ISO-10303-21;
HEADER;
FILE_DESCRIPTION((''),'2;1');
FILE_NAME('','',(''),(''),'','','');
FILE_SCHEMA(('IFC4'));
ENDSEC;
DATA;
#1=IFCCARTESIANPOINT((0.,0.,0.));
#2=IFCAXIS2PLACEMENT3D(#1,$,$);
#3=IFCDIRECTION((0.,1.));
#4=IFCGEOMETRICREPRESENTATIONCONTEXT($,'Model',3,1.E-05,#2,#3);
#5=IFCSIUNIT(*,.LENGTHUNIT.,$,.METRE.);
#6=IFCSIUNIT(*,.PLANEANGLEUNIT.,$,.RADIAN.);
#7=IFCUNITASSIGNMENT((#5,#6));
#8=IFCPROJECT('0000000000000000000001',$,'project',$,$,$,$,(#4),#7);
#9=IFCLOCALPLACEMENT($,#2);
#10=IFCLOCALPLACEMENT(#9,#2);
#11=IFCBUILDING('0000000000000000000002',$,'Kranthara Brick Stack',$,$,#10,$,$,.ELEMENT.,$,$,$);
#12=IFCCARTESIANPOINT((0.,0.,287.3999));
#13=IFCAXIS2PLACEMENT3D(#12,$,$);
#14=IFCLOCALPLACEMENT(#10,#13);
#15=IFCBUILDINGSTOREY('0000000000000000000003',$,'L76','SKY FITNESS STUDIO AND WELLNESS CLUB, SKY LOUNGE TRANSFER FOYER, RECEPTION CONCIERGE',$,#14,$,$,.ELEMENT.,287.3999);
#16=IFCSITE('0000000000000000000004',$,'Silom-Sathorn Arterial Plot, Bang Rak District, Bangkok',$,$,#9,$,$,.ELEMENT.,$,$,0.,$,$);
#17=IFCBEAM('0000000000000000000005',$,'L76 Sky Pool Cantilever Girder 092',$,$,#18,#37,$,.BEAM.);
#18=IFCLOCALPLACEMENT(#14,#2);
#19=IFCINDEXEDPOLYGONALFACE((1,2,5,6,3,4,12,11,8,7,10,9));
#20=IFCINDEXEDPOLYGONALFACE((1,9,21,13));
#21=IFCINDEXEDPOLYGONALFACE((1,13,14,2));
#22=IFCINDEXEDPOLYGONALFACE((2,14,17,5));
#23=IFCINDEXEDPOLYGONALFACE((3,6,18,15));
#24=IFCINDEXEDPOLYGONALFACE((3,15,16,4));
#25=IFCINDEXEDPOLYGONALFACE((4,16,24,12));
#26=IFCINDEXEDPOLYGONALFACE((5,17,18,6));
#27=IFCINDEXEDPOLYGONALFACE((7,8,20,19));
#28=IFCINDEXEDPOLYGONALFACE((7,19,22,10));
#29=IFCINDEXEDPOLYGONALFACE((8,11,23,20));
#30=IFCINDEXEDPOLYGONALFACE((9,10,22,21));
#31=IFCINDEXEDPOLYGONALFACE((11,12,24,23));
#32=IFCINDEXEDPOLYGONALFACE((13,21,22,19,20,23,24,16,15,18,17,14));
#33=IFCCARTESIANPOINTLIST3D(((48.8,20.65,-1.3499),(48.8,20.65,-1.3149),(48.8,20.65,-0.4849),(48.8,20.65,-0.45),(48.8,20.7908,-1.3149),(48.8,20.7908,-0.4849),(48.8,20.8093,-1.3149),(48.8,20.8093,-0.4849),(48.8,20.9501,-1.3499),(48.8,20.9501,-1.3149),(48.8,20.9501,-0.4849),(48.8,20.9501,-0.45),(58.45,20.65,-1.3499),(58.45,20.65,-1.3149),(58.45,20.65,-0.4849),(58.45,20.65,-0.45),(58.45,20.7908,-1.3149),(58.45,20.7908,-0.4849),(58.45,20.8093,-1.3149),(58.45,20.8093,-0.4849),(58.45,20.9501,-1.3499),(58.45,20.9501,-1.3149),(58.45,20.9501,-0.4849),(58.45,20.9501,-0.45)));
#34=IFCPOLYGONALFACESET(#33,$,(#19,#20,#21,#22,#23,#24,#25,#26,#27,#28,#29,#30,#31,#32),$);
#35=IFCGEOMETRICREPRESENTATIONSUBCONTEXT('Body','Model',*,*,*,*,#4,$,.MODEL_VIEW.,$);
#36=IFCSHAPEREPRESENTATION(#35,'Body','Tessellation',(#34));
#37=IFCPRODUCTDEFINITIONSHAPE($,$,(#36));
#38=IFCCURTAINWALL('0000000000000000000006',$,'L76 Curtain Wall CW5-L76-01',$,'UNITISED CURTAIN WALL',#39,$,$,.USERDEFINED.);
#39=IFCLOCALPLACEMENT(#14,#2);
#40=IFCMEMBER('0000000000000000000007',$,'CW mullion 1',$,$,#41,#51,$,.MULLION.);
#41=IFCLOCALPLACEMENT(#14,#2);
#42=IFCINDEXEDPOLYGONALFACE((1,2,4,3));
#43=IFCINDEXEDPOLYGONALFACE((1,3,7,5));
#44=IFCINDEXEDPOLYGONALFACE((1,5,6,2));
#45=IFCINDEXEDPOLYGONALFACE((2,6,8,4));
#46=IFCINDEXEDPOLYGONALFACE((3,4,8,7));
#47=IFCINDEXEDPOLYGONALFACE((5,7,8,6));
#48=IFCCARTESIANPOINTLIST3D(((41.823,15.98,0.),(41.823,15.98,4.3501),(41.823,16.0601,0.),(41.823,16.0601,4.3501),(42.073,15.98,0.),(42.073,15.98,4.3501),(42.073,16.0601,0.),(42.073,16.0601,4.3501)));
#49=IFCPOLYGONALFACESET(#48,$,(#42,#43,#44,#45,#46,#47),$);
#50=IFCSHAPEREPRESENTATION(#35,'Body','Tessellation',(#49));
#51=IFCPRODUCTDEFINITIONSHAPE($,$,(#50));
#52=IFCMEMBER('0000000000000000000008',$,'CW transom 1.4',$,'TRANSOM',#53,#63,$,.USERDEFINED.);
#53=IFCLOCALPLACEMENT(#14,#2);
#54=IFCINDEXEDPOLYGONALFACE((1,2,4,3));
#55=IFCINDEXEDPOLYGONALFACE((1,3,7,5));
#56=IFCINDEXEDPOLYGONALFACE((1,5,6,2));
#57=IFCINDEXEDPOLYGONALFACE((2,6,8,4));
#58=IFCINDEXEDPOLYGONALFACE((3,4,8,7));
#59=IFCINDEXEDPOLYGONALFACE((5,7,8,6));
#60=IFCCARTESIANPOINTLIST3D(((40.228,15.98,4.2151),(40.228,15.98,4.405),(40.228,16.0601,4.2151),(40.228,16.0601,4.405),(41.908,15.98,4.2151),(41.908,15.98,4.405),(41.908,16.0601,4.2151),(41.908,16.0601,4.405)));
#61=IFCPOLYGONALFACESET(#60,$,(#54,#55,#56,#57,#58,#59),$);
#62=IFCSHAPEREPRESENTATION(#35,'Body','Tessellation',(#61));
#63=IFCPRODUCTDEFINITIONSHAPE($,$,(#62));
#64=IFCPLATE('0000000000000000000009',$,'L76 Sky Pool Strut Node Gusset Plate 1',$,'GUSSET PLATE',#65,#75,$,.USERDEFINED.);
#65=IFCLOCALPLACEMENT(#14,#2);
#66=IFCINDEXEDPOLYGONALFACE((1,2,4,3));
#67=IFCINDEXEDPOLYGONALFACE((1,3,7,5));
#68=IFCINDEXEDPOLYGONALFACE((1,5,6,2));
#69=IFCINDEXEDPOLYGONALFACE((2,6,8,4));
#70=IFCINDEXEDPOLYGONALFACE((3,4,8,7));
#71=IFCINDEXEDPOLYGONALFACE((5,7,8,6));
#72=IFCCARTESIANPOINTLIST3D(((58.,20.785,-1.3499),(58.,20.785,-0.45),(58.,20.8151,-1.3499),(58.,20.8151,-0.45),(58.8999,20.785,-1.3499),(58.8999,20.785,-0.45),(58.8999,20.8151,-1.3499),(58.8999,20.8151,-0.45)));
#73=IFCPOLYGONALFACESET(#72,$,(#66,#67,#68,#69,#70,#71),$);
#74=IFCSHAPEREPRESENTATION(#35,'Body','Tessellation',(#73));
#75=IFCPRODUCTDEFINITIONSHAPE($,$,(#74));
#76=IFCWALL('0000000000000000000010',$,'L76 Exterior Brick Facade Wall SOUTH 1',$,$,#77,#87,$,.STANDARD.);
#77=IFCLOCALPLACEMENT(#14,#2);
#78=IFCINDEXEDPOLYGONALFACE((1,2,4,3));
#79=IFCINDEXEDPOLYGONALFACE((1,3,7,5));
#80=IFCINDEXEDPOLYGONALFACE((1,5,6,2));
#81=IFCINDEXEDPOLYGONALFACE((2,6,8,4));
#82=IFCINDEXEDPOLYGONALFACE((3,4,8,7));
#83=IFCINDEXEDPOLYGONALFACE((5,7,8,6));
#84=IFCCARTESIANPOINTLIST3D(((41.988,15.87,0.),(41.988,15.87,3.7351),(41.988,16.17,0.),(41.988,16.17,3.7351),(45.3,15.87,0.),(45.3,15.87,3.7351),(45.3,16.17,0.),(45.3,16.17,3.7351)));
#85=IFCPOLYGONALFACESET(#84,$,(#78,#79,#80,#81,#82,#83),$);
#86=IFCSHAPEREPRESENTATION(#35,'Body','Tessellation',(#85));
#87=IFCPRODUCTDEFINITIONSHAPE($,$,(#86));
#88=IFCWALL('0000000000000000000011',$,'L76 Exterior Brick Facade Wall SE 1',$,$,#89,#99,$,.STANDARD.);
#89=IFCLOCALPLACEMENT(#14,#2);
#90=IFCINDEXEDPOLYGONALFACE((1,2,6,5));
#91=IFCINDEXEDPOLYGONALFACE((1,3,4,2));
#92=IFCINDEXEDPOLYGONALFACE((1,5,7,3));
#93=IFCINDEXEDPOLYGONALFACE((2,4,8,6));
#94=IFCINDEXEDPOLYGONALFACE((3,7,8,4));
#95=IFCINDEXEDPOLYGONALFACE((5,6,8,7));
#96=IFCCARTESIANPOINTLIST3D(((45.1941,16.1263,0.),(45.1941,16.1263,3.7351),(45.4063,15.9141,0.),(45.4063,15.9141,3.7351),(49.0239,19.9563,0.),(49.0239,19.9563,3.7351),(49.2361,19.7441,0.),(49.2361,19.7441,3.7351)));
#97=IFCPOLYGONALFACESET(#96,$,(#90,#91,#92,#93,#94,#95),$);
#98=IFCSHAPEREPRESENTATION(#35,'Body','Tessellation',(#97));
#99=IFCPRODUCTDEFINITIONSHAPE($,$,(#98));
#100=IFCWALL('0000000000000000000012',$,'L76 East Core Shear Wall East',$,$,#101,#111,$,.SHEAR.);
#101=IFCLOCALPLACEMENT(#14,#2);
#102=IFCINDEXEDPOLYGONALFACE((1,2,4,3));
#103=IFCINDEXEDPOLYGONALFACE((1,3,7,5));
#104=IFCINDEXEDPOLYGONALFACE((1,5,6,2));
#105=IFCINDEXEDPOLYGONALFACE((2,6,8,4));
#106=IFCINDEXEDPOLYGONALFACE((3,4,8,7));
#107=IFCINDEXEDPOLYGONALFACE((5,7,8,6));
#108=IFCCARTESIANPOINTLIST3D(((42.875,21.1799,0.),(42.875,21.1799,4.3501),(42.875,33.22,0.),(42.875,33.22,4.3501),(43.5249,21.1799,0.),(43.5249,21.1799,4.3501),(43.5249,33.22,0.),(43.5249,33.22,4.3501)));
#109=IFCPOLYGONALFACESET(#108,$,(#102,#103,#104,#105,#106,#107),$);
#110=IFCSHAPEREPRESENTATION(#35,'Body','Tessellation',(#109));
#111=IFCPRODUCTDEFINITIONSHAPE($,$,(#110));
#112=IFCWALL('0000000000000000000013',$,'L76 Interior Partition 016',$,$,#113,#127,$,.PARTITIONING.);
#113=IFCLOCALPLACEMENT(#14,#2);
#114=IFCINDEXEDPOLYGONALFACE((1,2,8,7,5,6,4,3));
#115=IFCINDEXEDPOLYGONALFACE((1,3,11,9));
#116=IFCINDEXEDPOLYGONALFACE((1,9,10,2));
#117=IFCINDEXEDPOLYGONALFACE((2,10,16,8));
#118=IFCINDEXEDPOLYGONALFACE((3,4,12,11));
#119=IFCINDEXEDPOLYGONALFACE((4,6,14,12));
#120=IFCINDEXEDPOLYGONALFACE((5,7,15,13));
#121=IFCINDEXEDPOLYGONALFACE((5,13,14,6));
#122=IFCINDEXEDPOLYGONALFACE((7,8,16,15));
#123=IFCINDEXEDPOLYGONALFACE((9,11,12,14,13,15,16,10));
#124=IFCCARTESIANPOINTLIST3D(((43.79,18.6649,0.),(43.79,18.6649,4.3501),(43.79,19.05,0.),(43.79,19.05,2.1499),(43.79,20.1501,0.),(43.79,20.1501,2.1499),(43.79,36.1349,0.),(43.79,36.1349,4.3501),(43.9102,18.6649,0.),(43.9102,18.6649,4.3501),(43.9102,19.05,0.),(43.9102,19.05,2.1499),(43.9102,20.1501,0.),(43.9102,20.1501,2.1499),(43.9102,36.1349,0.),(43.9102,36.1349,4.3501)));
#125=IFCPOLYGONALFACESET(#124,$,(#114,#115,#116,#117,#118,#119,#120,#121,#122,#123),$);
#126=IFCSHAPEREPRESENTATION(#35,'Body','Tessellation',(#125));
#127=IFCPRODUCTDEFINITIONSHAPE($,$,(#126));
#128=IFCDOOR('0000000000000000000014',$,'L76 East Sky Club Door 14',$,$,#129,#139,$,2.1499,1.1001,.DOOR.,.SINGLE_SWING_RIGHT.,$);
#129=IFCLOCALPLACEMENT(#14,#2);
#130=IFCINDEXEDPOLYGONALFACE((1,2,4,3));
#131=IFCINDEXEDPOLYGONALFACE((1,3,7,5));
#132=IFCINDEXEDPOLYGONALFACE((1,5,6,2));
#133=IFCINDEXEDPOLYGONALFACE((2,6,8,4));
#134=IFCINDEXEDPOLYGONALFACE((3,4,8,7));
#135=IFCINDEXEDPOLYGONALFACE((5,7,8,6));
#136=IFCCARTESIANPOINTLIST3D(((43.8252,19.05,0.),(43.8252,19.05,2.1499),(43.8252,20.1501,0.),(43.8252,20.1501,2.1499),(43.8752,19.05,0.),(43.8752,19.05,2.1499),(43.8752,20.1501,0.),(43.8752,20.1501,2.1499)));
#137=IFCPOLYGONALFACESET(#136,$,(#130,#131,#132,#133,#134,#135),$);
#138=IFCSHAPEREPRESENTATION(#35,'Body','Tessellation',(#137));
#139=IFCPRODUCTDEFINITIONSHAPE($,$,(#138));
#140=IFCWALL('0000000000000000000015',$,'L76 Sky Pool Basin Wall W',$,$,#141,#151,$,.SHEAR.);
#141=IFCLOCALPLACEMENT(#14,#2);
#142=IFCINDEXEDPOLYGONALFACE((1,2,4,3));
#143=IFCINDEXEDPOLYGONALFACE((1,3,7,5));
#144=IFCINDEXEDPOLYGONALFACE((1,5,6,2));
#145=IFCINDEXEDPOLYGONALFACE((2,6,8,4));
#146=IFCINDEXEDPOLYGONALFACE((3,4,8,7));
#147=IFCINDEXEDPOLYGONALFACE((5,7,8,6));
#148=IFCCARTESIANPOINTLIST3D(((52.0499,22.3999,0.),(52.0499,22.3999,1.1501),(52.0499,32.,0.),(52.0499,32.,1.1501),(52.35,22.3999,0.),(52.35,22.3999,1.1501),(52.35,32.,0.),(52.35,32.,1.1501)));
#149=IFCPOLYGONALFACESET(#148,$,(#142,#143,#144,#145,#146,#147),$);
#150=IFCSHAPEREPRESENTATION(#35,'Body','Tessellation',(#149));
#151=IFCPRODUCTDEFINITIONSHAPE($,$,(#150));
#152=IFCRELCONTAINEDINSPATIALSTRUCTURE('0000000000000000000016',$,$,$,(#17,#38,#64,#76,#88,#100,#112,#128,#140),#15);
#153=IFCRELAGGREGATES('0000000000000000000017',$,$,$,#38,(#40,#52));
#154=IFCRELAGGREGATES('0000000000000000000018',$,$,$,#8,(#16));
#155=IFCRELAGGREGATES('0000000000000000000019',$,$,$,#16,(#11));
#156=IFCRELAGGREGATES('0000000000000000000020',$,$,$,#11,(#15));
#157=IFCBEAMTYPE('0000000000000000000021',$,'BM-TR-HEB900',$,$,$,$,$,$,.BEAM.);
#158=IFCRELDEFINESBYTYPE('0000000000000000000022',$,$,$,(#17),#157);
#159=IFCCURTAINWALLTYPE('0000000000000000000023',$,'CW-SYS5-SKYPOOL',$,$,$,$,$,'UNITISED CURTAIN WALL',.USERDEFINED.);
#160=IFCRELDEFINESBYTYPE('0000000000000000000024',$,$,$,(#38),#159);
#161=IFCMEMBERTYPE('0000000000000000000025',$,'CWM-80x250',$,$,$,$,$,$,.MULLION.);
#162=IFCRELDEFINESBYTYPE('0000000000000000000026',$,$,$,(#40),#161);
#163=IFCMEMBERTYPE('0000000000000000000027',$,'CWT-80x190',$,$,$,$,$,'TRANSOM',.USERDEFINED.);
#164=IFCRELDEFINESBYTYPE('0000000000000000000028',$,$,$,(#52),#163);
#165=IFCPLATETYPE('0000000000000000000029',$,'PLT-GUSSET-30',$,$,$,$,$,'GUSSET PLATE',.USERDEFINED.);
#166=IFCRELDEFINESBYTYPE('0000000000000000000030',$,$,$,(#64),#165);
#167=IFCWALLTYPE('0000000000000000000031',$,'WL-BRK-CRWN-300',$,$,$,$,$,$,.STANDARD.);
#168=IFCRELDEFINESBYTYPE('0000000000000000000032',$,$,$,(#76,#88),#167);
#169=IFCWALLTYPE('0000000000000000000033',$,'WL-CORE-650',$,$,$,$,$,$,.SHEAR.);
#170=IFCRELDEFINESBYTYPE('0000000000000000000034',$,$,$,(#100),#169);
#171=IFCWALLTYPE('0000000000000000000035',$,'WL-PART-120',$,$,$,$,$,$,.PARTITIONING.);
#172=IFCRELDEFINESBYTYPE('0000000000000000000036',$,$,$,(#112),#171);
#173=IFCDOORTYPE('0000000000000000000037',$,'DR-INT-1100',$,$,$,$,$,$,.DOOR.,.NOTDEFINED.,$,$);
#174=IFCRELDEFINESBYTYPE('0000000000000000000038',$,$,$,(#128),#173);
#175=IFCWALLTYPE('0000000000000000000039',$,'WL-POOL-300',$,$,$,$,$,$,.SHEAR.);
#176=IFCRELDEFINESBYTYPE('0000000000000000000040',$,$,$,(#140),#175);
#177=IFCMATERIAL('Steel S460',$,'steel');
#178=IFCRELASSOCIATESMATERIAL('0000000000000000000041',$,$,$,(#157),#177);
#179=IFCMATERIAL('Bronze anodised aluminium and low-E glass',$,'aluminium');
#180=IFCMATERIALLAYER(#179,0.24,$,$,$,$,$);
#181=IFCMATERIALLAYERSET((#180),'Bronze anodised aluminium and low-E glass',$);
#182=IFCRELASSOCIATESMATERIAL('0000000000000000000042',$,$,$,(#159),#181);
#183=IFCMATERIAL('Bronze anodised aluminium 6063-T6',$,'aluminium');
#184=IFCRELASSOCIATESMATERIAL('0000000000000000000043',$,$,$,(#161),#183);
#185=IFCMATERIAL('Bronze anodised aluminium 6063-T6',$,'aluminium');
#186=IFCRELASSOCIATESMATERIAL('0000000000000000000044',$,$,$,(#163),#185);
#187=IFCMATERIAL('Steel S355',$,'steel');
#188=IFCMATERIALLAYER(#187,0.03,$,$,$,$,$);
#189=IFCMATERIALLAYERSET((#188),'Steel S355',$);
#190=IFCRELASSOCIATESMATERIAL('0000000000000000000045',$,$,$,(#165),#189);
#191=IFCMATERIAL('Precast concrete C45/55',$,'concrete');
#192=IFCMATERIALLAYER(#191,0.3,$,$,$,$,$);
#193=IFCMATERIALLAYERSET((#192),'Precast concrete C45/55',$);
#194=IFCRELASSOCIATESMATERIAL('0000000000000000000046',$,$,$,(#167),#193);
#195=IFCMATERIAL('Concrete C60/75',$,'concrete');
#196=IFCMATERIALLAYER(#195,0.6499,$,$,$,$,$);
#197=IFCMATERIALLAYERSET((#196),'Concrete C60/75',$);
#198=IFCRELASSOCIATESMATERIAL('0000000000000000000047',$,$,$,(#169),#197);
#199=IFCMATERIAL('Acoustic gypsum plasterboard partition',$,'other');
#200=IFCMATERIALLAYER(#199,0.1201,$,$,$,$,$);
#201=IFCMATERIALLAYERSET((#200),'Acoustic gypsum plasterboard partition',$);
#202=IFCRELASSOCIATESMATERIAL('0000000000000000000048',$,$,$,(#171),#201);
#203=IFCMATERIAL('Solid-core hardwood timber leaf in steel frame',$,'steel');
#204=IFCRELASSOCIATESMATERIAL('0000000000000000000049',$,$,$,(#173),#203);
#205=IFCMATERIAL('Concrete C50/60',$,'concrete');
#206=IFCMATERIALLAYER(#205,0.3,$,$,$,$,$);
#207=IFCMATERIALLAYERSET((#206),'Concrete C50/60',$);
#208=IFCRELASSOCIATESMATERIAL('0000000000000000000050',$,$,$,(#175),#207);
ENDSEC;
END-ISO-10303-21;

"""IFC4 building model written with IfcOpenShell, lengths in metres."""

from ifc_helpers import new_model, si_unit, direction, frame, frame_2d, origin, origin_2d, place, context, subcontext, project, spatial, rectangle, i_section, extrude, material, layer, layer_set, material_profile, profile_set, type_object, element, fill, aggregate, save


model = new_model("IFC4")

# Units and contexts
model_context = context("Model", 3, precision=1e-05, world=origin(), true_north=direction((0.0, 1.0)))
body_context = subcontext(model_context, "Body", "Model", "MODEL_VIEW")
ifc_project = project(units=[si_unit("LENGTHUNIT", "METRE"), si_unit("PLANEANGLEUNIT", "RADIAN")], contexts=[model_context])

# Site, building, storey
site_placement = place(None, origin())
site = spatial("IfcSite", under=ifc_project, at=site_placement, Name="Silom-Sathorn Arterial Plot, Bang Rak District, Bangkok", CompositionType="ELEMENT", RefElevation=0.0)
building_placement = place(site_placement, origin())
building = spatial("IfcBuilding", under=site, at=building_placement, Name="Kranthara Brick Stack", CompositionType="ELEMENT")
storey_placement = place(building_placement, frame((0.0, 0.0, 287.3999)))
storey = spatial("IfcBuildingStorey", under=building, at=storey_placement, Name="L76", Description="SKY FITNESS STUDIO AND WELLNESS CLUB, SKY LOUNGE TRANSFER FOYER, RECEPTION CONCIERGE", CompositionType="ELEMENT", Elevation=287.3999)

# Beam
ifc_material_1 = material(Name="Steel S460", Category="steel")
ifc_material_profile_1 = material_profile(ifc_material_1, i_section(OverallWidth=0.3, OverallDepth=0.8999, WebThickness=0.0186, FlangeThickness=0.0349, at=origin_2d()), Name="HEB 900")
ifc_profile_set_1 = profile_set([ifc_material_profile_1], Name="Steel S460")
beam_type_1 = type_object("IfcBeamType", Name="BM-TR-HEB900", PredefinedType="BEAM", material=ifc_profile_set_1)
beam_1_placement = place(storey_placement, frame((48.8, 20.8, -0.8999), z_axis=(1.0, 0.0, 0.0), x_axis=(0.0, 1.0, 0.0)))
element("IfcBeam", 1, at=beam_1_placement, inside=storey, type_object=beam_type_1, Name="L76 Sky Pool Cantilever Girder 092", PredefinedType="BEAM", context=body_context, shape_type="SweptSolid", body=[
    extrude(i_section(OverallWidth=0.3, OverallDepth=0.8999, WebThickness=0.0186, FlangeThickness=0.0349, at=origin_2d()), origin(), (0.0, 0.0, 1.0), 9.6499),
])

# Curtain wall, members
ifc_material_2 = material(Name="Bronze anodised aluminium and low-E glass", Category="aluminium")
ifc_layer_1 = layer(ifc_material_2, 0.24)
ifc_layer_set_1 = layer_set([ifc_layer_1], Name="Bronze anodised aluminium and low-E glass")
curtain_wall_type = type_object("IfcCurtainWallType", Name="CW-SYS5-SKYPOOL", ElementType="UNITISED CURTAIN WALL", PredefinedType="USERDEFINED", material=ifc_layer_set_1)
curtain_wall_placement = place(storey_placement, origin())
curtain_wall = element("IfcCurtainWall", 2, at=curtain_wall_placement, inside=storey, type_object=curtain_wall_type, Name="L76 Curtain Wall CW5-L76-01", ObjectType="UNITISED CURTAIN WALL", PredefinedType="USERDEFINED")
ifc_material_3 = material(Name="Bronze anodised aluminium 6063-T6", Category="aluminium")
ifc_material_profile_2 = material_profile(ifc_material_3, rectangle(XDim=0.0801, YDim=0.25, at=origin_2d()), Name="ALU MULLION 80x250")
ifc_profile_set_2 = profile_set([ifc_material_profile_2], Name="Bronze anodised aluminium 6063-T6")
member_type_1 = type_object("IfcMemberType", Name="CWM-80x250", PredefinedType="MULLION", material=ifc_profile_set_2)
member_1_placement = place(storey_placement, frame((41.948, 16.02, 0.0), z_axis=(0.0, 0.0, 1.0), x_axis=(0.0, -1.0, 0.0)))
member_1 = element("IfcMember", 3, at=member_1_placement, type_object=member_type_1, Name="CW mullion 1", PredefinedType="MULLION", context=body_context, shape_type="SweptSolid", body=[
    extrude(rectangle(XDim=0.0801, YDim=0.25, at=origin_2d()), origin(), (0.0, 0.0, 1.0), 4.3501),
])
ifc_material_4 = material(Name="Bronze anodised aluminium 6063-T6", Category="aluminium")
ifc_material_profile_3 = material_profile(ifc_material_4, rectangle(XDim=0.0801, YDim=0.1899, at=origin_2d()), Name="ALU TRANSOM 80x190")
ifc_profile_set_3 = profile_set([ifc_material_profile_3], Name="Bronze anodised aluminium 6063-T6")
member_type_2 = type_object("IfcMemberType", Name="CWT-80x190", ElementType="TRANSOM", PredefinedType="USERDEFINED", material=ifc_profile_set_3)
member_2_placement = place(storey_placement, frame((41.908, 16.02, 4.3101), z_axis=(-1.0, 0.0, 0.0), x_axis=(0.0, -1.0, 0.0)))
member_2 = element("IfcMember", 4, at=member_2_placement, type_object=member_type_2, Name="CW transom 1.4", ObjectType="TRANSOM", PredefinedType="USERDEFINED", context=body_context, shape_type="SweptSolid", body=[
    extrude(rectangle(XDim=0.0801, YDim=0.1899, at=origin_2d()), origin(), (0.0, 0.0, 1.0), 1.6799),
])
aggregate(curtain_wall, [member_1, member_2])

# Plate
ifc_material_5 = material(Name="Steel S355", Category="steel")
ifc_layer_2 = layer(ifc_material_5, 0.03)
ifc_layer_set_2 = layer_set([ifc_layer_2], Name="Steel S355")
plate_type = type_object("IfcPlateType", Name="PLT-GUSSET-30", ElementType="GUSSET PLATE", PredefinedType="USERDEFINED", material=ifc_layer_set_2)
plate_placement = place(storey_placement, frame((58.45, 20.8, -1.3499), z_axis=(0.0, 0.0, 1.0), x_axis=(1.0, 0.0, 0.0)))
element("IfcPlate", 5, at=plate_placement, inside=storey, type_object=plate_type, Name="L76 Sky Pool Strut Node Gusset Plate 1", ObjectType="GUSSET PLATE", PredefinedType="USERDEFINED", context=body_context, shape_type="SweptSolid", body=[
    extrude(rectangle(XDim=0.8999, YDim=0.03, at=origin_2d()), origin(), (0.0, 0.0, 1.0), 0.8999),
])

# Walls
ifc_material_6 = material(Name="Precast concrete C45/55", Category="concrete")
ifc_layer_3 = layer(ifc_material_6, 0.3)
ifc_layer_set_3 = layer_set([ifc_layer_3], Name="Precast concrete C45/55")
wall_type_1 = type_object("IfcWallType", Name="WL-BRK-CRWN-300", PredefinedType="STANDARD", material=ifc_layer_set_3)
wall_1_placement = place(storey_placement, frame((45.3, 16.02, 0.0), z_axis=(0.0, 0.0, 1.0), x_axis=(-1.0, 0.0, 0.0)))
element("IfcWall", 6, at=wall_1_placement, inside=storey, type_object=wall_type_1, Name="L76 Exterior Brick Facade Wall SOUTH 1", PredefinedType="STANDARD", context=body_context, shape_type="SweptSolid", body=[
    extrude(rectangle(XDim=3.312, YDim=0.3, at=frame_2d((1.656, 0.0))), origin(), (0.0, 0.0, 1.0), 3.7351),
])
wall_2_placement = place(storey_placement, frame((49.1299, 19.8501, 0.0), z_axis=(0.0, 0.0, 1.0), x_axis=(-0.707084, -0.707129, 0.0)))
element("IfcWall", 7, at=wall_2_placement, inside=storey, type_object=wall_type_1, Name="L76 Exterior Brick Facade Wall SE 1", PredefinedType="STANDARD", context=body_context, shape_type="SweptSolid", body=[
    extrude(rectangle(XDim=5.4163, YDim=0.3, at=frame_2d((2.708, 0.0))), origin(), (0.0, 0.0, 1.0), 3.7351),
])
ifc_material_7 = material(Name="Concrete C60/75", Category="concrete")
ifc_layer_4 = layer(ifc_material_7, 0.6499)
ifc_layer_set_4 = layer_set([ifc_layer_4], Name="Concrete C60/75")
wall_type_2 = type_object("IfcWallType", Name="WL-CORE-650", PredefinedType="SHEAR", material=ifc_layer_set_4)
wall_3_placement = place(storey_placement, frame((43.2, 21.1799, 0.0), z_axis=(0.0, 0.0, 1.0), x_axis=(0.0, 1.0, 0.0)))
element("IfcWall", 8, at=wall_3_placement, inside=storey, type_object=wall_type_2, Name="L76 East Core Shear Wall East", PredefinedType="SHEAR", context=body_context, shape_type="SweptSolid", body=[
    extrude(rectangle(XDim=12.04, YDim=0.6499, at=frame_2d((6.02, 0.0))), origin(), (0.0, 0.0, 1.0), 4.3501),
])

# Wall, opening, door
ifc_material_8 = material(Name="Acoustic gypsum plasterboard partition", Category="other")
ifc_layer_5 = layer(ifc_material_8, 0.1201)
ifc_layer_set_5 = layer_set([ifc_layer_5], Name="Acoustic gypsum plasterboard partition")
wall_type_3 = type_object("IfcWallType", Name="WL-PART-120", PredefinedType="PARTITIONING", material=ifc_layer_set_5)
wall_4_placement = place(storey_placement, frame((43.8501, 18.665, 0.0), z_axis=(0.0, 0.0, 1.0), x_axis=(0.0, 1.0, 0.0)))
wall_4 = element("IfcWall", 9, at=wall_4_placement, inside=storey, type_object=wall_type_3, Name="L76 Interior Partition 016", PredefinedType="PARTITIONING", context=body_context, shape_type="SweptSolid", body=[
    extrude(rectangle(XDim=17.47, YDim=0.1201, at=frame_2d((8.7349, 0.0))), origin(), (0.0, 0.0, 1.0), 4.3501),
])
opening_placement = place(wall_4_placement, frame((0.385, 0.0, 0.0)))
opening = element("IfcOpeningElement", 10, at=opening_placement, cuts=wall_4, PredefinedType="OPENING", context=body_context, shape_type="SweptSolid", body=[
    extrude(rectangle(XDim=1.1001, YDim=2.1499, at=frame_2d((0.55, 1.075))), frame((0.0, 0.0701, 0.0), z_axis=(0.0, -1.0, 0.0), x_axis=(1.0, 0.0, 0.0)), (0.0, 0.0, 1.0), 0.1401),
])
ifc_material_9 = material(Name="Solid-core hardwood timber leaf in steel frame", Category="steel")
door_type = type_object("IfcDoorType", Name="DR-INT-1100", OperationType="NOTDEFINED", PredefinedType="DOOR", material=ifc_material_9)
door_placement = place(opening_placement, origin())
door = element("IfcDoor", 11, at=door_placement, inside=storey, type_object=door_type, Name="L76 East Sky Club Door 14", OperationType="SINGLE_SWING_RIGHT", OverallHeight=2.1499, OverallWidth=1.1001, PredefinedType="DOOR", context=body_context, shape_type="SweptSolid", body=[
    extrude(rectangle(XDim=1.1001, YDim=2.1499, at=frame_2d((0.55, 1.075))), frame((0.0, 0.0249, 0.0), z_axis=(0.0, -1.0, 0.0), x_axis=(1.0, 0.0, 0.0)), (0.0, 0.0, 1.0), 0.05),
])
fill(opening, door)

# Wall
ifc_material_10 = material(Name="Concrete C50/60", Category="concrete")
ifc_layer_6 = layer(ifc_material_10, 0.3)
ifc_layer_set_6 = layer_set([ifc_layer_6], Name="Concrete C50/60")
wall_type_4 = type_object("IfcWallType", Name="WL-POOL-300", PredefinedType="SHEAR", material=ifc_layer_set_6)
wall_5_placement = place(storey_placement, frame((52.2, 22.3999, 0.0), z_axis=(0.0, 0.0, 1.0), x_axis=(0.0, 1.0, 0.0)))
element("IfcWall", 12, at=wall_5_placement, inside=storey, type_object=wall_type_4, Name="L76 Sky Pool Basin Wall W", PredefinedType="SHEAR", context=body_context, shape_type="SweptSolid", body=[
    extrude(rectangle(XDim=9.6001, YDim=0.3, at=frame_2d((4.8, 0.0))), origin(), (0.0, 0.0, 1.0), 1.1501),
])

save(model, "model.ifc")
